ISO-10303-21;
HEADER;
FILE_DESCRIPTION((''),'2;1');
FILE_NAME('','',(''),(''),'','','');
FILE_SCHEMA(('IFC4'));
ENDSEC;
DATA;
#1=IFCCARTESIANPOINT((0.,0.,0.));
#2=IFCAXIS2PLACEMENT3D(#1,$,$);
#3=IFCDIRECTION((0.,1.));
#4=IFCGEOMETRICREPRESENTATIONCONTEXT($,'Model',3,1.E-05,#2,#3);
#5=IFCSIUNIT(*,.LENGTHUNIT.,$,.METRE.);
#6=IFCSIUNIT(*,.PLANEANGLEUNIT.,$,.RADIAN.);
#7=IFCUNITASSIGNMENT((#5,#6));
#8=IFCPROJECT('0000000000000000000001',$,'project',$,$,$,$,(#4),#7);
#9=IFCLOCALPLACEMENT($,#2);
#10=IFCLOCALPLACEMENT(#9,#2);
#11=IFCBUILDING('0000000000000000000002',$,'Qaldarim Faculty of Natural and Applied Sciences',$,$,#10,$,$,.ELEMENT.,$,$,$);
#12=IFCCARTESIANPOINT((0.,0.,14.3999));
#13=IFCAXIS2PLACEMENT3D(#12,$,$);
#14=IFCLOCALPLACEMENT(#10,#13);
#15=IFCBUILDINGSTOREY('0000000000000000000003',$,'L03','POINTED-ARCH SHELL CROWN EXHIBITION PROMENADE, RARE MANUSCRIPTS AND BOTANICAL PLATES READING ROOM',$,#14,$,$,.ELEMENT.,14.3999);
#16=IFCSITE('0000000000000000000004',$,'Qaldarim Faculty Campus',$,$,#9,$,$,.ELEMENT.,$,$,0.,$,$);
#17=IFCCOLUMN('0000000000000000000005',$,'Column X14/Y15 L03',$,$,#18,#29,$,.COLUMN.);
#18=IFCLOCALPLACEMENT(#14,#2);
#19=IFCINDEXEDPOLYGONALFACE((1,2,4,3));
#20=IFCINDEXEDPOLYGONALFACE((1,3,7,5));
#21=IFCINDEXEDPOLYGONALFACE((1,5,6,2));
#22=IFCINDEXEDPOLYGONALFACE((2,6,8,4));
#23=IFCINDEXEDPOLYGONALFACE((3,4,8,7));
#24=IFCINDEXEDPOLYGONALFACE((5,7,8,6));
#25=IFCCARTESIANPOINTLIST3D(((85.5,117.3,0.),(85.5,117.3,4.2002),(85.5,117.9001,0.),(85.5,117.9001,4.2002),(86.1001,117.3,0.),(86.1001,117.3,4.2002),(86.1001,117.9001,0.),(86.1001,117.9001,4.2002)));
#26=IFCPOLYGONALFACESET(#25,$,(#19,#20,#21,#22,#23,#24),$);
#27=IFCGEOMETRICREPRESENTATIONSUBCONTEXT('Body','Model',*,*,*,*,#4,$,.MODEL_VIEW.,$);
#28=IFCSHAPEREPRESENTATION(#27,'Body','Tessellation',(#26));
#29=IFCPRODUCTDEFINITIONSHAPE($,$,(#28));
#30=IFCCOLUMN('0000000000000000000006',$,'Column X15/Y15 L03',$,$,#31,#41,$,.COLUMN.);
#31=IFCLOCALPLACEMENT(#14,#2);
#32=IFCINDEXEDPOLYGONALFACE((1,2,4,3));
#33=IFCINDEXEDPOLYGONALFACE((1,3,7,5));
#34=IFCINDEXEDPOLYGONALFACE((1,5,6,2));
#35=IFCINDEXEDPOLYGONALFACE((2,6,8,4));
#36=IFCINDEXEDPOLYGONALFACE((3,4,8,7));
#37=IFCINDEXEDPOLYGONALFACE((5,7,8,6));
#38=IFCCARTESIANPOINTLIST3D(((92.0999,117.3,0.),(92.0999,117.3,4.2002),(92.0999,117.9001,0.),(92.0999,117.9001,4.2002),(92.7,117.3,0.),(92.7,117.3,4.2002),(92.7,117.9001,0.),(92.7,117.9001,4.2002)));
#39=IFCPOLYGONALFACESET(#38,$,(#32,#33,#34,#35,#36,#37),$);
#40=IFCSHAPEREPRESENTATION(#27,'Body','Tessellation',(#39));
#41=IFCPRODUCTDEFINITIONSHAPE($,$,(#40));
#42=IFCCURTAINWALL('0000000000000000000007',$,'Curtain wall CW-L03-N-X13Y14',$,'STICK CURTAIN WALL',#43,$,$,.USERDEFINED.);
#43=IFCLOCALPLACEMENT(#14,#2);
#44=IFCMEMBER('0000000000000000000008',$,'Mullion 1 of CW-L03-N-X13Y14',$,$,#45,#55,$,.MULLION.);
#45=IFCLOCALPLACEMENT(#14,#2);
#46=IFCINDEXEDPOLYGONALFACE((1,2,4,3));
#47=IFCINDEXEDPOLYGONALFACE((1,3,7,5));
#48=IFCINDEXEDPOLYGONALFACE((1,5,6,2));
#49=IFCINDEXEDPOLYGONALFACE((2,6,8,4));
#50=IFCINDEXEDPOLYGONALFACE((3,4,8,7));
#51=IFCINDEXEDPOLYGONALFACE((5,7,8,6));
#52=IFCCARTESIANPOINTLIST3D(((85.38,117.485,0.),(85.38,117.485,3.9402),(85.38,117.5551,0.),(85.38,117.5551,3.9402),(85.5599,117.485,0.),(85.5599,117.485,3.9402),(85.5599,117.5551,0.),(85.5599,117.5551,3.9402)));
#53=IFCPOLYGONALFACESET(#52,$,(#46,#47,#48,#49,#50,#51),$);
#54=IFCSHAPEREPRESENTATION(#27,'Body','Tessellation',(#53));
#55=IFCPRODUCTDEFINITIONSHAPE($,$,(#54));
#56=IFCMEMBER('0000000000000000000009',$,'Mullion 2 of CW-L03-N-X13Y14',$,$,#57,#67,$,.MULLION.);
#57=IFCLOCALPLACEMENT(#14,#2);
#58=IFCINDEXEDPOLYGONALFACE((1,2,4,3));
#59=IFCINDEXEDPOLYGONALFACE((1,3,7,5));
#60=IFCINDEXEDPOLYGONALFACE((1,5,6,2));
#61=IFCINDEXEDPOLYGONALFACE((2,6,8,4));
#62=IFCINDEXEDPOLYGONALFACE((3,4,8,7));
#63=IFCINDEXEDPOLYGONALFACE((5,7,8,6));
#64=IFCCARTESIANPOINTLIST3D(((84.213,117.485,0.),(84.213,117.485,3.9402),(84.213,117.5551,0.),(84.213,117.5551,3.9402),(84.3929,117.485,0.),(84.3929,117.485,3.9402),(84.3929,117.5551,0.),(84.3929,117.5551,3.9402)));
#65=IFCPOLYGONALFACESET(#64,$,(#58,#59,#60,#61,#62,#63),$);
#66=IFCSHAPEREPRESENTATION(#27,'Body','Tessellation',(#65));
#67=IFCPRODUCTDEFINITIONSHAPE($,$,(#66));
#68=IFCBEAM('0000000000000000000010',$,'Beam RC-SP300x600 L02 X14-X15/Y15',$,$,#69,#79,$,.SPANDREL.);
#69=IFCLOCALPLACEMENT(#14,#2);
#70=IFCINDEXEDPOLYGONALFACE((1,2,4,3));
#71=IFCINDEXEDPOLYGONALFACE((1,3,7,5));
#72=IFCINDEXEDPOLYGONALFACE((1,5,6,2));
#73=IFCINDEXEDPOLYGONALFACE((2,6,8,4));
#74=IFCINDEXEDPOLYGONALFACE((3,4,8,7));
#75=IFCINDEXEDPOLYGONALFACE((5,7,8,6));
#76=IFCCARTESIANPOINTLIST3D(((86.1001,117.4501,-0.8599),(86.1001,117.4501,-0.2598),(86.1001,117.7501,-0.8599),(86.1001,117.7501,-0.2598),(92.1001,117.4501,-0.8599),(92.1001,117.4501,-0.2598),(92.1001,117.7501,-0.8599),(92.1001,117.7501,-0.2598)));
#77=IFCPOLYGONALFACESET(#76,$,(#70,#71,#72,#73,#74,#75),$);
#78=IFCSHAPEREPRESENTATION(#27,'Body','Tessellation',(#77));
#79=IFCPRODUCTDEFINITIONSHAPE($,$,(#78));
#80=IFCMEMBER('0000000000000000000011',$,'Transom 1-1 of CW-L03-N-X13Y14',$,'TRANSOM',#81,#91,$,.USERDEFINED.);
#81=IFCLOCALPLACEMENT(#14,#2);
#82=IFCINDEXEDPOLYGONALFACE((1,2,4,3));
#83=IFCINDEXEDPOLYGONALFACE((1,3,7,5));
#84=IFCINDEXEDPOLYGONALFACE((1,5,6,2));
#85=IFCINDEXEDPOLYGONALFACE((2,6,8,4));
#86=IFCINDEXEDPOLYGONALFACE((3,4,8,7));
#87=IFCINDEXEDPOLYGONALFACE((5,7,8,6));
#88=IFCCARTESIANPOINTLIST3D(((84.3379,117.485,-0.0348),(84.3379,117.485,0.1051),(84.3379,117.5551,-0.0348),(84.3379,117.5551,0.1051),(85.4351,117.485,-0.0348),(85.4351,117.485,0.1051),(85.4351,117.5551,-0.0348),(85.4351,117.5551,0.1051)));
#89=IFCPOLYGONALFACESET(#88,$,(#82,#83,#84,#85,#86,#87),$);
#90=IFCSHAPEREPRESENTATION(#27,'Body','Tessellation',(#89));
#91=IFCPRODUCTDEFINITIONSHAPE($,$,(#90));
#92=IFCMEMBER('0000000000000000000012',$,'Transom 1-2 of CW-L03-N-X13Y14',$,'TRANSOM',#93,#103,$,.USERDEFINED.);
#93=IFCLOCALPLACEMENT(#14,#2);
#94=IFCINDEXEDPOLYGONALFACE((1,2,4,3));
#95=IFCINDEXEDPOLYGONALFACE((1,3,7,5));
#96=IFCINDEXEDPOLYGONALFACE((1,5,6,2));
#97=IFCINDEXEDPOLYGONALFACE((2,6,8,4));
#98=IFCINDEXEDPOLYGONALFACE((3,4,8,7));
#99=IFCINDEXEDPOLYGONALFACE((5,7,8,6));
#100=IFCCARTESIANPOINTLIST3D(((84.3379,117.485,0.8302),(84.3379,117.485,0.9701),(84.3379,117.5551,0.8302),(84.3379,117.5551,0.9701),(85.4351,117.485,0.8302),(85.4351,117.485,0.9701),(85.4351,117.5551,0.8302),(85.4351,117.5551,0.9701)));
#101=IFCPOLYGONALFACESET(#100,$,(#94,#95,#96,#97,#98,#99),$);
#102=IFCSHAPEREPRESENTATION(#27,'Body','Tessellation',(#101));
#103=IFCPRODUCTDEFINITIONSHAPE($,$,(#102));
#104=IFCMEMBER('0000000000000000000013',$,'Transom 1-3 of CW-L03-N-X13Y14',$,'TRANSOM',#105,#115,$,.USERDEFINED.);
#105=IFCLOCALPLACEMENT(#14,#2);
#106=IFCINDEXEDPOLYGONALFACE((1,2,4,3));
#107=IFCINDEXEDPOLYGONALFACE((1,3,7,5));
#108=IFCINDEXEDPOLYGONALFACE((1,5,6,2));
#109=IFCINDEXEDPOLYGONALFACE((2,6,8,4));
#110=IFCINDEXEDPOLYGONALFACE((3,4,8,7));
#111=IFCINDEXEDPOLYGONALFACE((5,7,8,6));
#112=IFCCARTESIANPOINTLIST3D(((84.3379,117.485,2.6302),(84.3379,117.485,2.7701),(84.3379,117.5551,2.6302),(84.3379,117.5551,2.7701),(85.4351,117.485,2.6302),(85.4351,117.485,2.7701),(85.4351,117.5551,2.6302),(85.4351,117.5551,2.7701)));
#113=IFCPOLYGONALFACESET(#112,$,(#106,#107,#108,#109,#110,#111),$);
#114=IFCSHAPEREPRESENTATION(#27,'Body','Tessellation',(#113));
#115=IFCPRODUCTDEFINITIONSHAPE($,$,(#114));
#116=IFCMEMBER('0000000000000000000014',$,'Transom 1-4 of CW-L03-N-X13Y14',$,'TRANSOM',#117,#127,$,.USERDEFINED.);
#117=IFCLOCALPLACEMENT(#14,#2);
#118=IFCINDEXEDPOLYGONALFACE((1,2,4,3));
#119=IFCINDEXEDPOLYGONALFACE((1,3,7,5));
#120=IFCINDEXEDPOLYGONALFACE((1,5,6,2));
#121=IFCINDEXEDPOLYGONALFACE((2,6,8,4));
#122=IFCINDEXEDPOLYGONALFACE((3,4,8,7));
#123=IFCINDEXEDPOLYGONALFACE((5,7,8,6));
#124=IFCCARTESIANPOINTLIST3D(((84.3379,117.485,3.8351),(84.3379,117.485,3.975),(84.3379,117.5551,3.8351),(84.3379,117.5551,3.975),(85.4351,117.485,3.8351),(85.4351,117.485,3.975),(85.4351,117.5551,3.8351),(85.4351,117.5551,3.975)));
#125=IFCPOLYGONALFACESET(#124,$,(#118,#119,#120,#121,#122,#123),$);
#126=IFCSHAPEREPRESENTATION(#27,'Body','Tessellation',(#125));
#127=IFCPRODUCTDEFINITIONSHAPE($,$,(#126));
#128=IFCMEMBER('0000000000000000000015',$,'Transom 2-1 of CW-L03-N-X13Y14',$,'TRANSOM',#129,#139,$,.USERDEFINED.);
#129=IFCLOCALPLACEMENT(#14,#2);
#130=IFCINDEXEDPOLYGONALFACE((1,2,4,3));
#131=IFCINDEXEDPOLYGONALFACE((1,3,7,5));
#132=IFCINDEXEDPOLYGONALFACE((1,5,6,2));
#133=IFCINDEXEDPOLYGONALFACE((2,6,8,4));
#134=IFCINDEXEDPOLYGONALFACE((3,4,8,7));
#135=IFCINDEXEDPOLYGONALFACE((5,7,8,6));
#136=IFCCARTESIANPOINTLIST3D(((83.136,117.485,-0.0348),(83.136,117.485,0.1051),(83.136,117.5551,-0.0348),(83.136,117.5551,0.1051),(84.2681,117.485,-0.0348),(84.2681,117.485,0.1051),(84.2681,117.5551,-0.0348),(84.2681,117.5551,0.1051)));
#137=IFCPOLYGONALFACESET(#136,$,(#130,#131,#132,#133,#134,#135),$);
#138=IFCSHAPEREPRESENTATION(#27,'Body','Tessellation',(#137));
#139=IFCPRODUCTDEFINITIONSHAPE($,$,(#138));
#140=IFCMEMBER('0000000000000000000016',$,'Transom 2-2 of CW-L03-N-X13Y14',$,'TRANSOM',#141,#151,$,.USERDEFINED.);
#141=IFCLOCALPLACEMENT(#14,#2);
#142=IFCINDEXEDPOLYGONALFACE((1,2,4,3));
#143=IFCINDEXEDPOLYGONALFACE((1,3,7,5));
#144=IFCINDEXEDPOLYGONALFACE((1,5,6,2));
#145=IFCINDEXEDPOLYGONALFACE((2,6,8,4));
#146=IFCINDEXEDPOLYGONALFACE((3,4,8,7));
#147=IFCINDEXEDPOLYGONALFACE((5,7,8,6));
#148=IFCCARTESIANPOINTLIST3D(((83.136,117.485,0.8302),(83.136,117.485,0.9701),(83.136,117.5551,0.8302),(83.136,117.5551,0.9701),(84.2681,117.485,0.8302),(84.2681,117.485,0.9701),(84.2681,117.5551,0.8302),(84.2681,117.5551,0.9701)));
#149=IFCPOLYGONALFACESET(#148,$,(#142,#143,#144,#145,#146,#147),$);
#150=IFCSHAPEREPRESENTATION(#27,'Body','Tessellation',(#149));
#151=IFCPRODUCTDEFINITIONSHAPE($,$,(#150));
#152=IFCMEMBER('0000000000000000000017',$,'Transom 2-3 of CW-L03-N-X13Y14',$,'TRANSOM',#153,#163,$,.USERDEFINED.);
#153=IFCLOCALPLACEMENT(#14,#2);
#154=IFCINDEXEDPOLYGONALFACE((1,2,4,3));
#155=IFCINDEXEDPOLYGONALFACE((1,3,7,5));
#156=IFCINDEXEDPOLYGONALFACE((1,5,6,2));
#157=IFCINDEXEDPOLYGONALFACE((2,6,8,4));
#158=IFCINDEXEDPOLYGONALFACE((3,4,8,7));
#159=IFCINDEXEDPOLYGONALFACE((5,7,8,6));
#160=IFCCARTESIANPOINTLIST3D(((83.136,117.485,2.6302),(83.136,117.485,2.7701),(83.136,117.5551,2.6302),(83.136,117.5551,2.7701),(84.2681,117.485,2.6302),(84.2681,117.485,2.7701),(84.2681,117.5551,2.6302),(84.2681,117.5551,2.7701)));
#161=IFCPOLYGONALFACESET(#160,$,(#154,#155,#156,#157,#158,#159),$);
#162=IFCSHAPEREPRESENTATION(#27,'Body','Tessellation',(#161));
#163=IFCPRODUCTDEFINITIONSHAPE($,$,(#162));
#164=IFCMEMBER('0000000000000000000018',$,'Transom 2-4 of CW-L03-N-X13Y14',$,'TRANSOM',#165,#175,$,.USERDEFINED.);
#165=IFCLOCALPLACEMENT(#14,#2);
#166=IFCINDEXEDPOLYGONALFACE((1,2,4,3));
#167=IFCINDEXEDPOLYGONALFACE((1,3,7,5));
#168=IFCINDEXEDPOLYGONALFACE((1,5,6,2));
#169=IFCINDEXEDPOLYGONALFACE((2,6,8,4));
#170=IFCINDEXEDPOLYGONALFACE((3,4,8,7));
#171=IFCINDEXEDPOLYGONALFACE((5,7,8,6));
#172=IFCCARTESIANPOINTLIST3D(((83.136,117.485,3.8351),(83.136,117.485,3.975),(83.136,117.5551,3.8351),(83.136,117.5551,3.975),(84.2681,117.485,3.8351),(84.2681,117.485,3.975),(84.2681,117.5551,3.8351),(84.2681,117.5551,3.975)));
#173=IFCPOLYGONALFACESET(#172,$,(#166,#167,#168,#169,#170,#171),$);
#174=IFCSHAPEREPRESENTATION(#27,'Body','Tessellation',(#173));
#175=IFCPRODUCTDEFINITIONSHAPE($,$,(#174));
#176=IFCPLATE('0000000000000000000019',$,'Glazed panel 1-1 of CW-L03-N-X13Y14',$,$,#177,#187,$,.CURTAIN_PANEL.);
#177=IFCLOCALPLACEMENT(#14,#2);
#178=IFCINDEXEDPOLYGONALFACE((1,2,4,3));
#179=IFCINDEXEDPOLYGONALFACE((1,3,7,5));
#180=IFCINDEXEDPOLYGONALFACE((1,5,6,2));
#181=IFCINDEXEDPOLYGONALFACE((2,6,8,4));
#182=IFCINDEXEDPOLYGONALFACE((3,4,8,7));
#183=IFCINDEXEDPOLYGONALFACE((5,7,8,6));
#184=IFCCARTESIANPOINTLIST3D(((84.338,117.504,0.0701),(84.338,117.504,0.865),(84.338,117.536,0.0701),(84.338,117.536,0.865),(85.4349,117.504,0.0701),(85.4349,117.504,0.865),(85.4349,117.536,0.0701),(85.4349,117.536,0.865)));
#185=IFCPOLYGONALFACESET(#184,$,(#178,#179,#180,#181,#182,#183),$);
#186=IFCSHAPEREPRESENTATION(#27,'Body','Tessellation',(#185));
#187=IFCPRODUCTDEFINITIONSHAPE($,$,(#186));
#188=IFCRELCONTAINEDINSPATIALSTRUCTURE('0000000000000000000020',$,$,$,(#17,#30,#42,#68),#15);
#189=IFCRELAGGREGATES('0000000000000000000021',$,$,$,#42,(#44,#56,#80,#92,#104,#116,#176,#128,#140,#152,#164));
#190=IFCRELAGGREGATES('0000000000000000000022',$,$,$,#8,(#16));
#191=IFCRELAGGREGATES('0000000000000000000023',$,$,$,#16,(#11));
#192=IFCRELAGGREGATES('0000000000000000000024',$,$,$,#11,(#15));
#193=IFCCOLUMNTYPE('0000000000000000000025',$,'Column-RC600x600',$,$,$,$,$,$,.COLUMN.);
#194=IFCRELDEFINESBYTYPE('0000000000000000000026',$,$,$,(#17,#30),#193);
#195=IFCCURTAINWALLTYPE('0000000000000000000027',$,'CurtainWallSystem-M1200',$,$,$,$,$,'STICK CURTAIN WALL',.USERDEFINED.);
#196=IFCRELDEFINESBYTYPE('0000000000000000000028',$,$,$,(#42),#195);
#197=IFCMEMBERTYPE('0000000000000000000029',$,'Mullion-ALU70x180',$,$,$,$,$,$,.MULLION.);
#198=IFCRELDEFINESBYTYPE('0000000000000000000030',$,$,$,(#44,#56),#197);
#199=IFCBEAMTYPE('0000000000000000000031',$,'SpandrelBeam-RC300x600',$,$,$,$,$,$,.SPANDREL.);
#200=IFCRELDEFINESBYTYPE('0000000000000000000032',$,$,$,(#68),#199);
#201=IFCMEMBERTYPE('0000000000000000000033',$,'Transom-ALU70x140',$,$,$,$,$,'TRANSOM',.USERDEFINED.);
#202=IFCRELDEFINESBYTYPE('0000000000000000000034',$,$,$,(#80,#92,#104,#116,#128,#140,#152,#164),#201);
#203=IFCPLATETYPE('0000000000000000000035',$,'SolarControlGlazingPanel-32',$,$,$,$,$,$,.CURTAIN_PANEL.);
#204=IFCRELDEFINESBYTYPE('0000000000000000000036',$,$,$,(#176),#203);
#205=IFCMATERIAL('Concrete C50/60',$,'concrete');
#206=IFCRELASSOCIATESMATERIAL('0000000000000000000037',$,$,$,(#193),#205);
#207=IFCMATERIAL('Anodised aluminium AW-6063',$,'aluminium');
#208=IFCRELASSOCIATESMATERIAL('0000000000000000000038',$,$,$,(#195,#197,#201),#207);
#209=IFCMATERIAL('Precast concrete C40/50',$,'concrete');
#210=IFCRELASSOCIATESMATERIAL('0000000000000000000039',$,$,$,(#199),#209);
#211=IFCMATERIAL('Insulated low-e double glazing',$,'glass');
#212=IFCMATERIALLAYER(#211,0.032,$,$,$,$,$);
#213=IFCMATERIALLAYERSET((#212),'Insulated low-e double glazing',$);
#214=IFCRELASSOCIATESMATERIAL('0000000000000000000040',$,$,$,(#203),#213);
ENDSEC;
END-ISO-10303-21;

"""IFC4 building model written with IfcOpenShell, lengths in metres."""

from ifc_helpers import new_model, si_unit, direction, frame, origin, origin_2d, place, context, subcontext, project, spatial, rectangle, extrude, material, layer, layer_set, material_profile, profile_set, type_object, element, aggregate, save


model = new_model("IFC4")

# Units and contexts
model_context = context("Model", 3, precision=1e-05, world=origin(), true_north=direction((0.0, 1.0)))
body_context = subcontext(model_context, "Body", "Model", "MODEL_VIEW")
ifc_project = project(units=[si_unit("LENGTHUNIT", "METRE"), si_unit("PLANEANGLEUNIT", "RADIAN")], contexts=[model_context])

# Site, building, storey
site_placement = place(None, origin())
site = spatial("IfcSite", under=ifc_project, at=site_placement, Name="Qaldarim Faculty Campus", CompositionType="ELEMENT", RefElevation=0.0)
building_placement = place(site_placement, origin())
building = spatial("IfcBuilding", under=site, at=building_placement, Name="Qaldarim Faculty of Natural and Applied Sciences", CompositionType="ELEMENT")
storey_placement = place(building_placement, frame((0.0, 0.0, 14.3999)))
storey = spatial("IfcBuildingStorey", under=building, at=storey_placement, Name="L03", Description="POINTED-ARCH SHELL CROWN EXHIBITION PROMENADE, RARE MANUSCRIPTS AND BOTANICAL PLATES READING ROOM", CompositionType="ELEMENT", Elevation=14.3999)

# Columns
ifc_material_1 = material(Name="Concrete C50/60", Category="concrete")
ifc_material_profile_1 = material_profile(ifc_material_1, rectangle(XDim=0.6001, YDim=0.6001, at=origin_2d()), Name="RC-C600x600")
ifc_profile_set_1 = profile_set([ifc_material_profile_1], Name="Concrete C50/60")
column_type = type_object("IfcColumnType", Name="Column-RC600x600", PredefinedType="COLUMN", material=ifc_profile_set_1)
for number, where, z_axis, x_axis, name in (
    (1, (85.8, 117.6001, 0.0), (0.0, 0.0, 1.0), (1.0, 0.0, 0.0), "Column X14/Y15 L03"),
    (2, (92.3999, 117.6001, 0.0), (0.0, 0.0, 1.0), (1.0, 0.0, 0.0), "Column X15/Y15 L03"),
):
    element("IfcColumn", number, at=place(storey_placement, frame(where, z_axis=z_axis, x_axis=x_axis)), inside=storey, type_object=column_type, Name=name, PredefinedType="COLUMN", context=body_context, shape_type="SweptSolid", body=[
        extrude(rectangle(XDim=0.6001, YDim=0.6001, at=origin_2d()), origin(), (0.0, 0.0, 1.0), 4.2002),
    ])

# Curtain wall, members
ifc_material_2 = material(Name="Anodised aluminium AW-6063", Category="aluminium")
curtain_wall_type = type_object("IfcCurtainWallType", Name="CurtainWallSystem-M1200", ElementType="STICK CURTAIN WALL", PredefinedType="USERDEFINED", material=ifc_material_2)
curtain_wall_placement = place(storey_placement, origin())
curtain_wall = element("IfcCurtainWall", 3, at=curtain_wall_placement, inside=storey, type_object=curtain_wall_type, Name="Curtain wall CW-L03-N-X13Y14", ObjectType="STICK CURTAIN WALL", PredefinedType="USERDEFINED")
ifc_material_profile_2 = material_profile(ifc_material_2, rectangle(XDim=0.0701, YDim=0.1799, at=origin_2d()), Name="ALU-M70x180")
ifc_profile_set_2 = profile_set([ifc_material_profile_2], Name="Anodised aluminium AW-6063")
member_type_1 = type_object("IfcMemberType", Name="Mullion-ALU70x180", PredefinedType="MULLION", material=ifc_profile_set_2)
member_1_placement = place(storey_placement, frame((85.47, 117.52, 0.0), z_axis=(0.0, 0.0, 1.0), x_axis=(0.0, -1.0, 0.0)))
member_1 = element("IfcMember", 4, at=member_1_placement, type_object=member_type_1, Name="Mullion 1 of CW-L03-N-X13Y14", PredefinedType="MULLION", context=body_context, shape_type="SweptSolid", body=[
    extrude(rectangle(XDim=0.0701, YDim=0.1799, at=origin_2d()), origin(), (0.0, 0.0, 1.0), 3.9402),
])
member_2_placement = place(storey_placement, frame((84.303, 117.52, 0.0), z_axis=(0.0, 0.0, 1.0), x_axis=(0.0, -1.0, 0.0)))
member_2 = element("IfcMember", 5, at=member_2_placement, type_object=member_type_1, Name="Mullion 2 of CW-L03-N-X13Y14", PredefinedType="MULLION", context=body_context, shape_type="SweptSolid", body=[
    extrude(rectangle(XDim=0.0701, YDim=0.1799, at=origin_2d()), origin(), (0.0, 0.0, 1.0), 3.9402),
])

# Beam
ifc_material_3 = material(Name="Precast concrete C40/50", Category="concrete")
ifc_material_profile_3 = material_profile(ifc_material_3, rectangle(XDim=0.3, YDim=0.6001, at=origin_2d()), Name="RC-SP300x600")
ifc_profile_set_3 = profile_set([ifc_material_profile_3], Name="Precast concrete C40/50")
beam_type = type_object("IfcBeamType", Name="SpandrelBeam-RC300x600", PredefinedType="SPANDREL", material=ifc_profile_set_3)
beam_placement = place(storey_placement, frame((86.1001, 117.6001, -0.5598), z_axis=(1.0, 0.0, 0.0), x_axis=(0.0, 1.0, 0.0)))
element("IfcBeam", 6, at=beam_placement, inside=storey, type_object=beam_type, Name="Beam RC-SP300x600 L02 X14-X15/Y15", PredefinedType="SPANDREL", context=body_context, shape_type="SweptSolid", body=[
    extrude(rectangle(XDim=0.3, YDim=0.6001, at=origin_2d()), origin(), (0.0, 0.0, 1.0), 6.0),
])

# Members
ifc_material_profile_4 = material_profile(ifc_material_2, rectangle(XDim=0.0701, YDim=0.1399, at=origin_2d()), Name="ALU-T70x140")
ifc_profile_set_4 = profile_set([ifc_material_profile_4], Name="Anodised aluminium AW-6063")
member_type_2 = type_object("IfcMemberType", Name="Transom-ALU70x140", ElementType="TRANSOM", PredefinedType="USERDEFINED", material=ifc_profile_set_4)
member_3_placement = place(storey_placement, frame((85.4351, 117.52, 0.0352), z_axis=(-1.0, 0.0, 0.0), x_axis=(0.0, -1.0, 0.0)))
member_3 = element("IfcMember", 7, at=member_3_placement, type_object=member_type_2, Name="Transom 1-1 of CW-L03-N-X13Y14", ObjectType="TRANSOM", PredefinedType="USERDEFINED", context=body_context, shape_type="SweptSolid", body=[
    extrude(rectangle(XDim=0.0701, YDim=0.1399, at=origin_2d()), origin(), (0.0, 0.0, 1.0), 1.0972),
])
member_4_placement = place(storey_placement, frame((85.4351, 117.52, 0.9001), z_axis=(-1.0, 0.0, 0.0), x_axis=(0.0, -1.0, 0.0)))
member_4 = element("IfcMember", 8, at=member_4_placement, type_object=member_type_2, Name="Transom 1-2 of CW-L03-N-X13Y14", ObjectType="TRANSOM", PredefinedType="USERDEFINED", context=body_context, shape_type="SweptSolid", body=[
    extrude(rectangle(XDim=0.0701, YDim=0.1399, at=origin_2d()), origin(), (0.0, 0.0, 1.0), 1.0972),
])
member_5_placement = place(storey_placement, frame((85.4351, 117.52, 2.7002), z_axis=(-1.0, 0.0, 0.0), x_axis=(0.0, -1.0, 0.0)))
member_5 = element("IfcMember", 9, at=member_5_placement, type_object=member_type_2, Name="Transom 1-3 of CW-L03-N-X13Y14", ObjectType="TRANSOM", PredefinedType="USERDEFINED", context=body_context, shape_type="SweptSolid", body=[
    extrude(rectangle(XDim=0.0701, YDim=0.1399, at=origin_2d()), origin(), (0.0, 0.0, 1.0), 1.0972),
])
member_6_placement = place(storey_placement, frame((85.4351, 117.52, 3.905), z_axis=(-1.0, 0.0, 0.0), x_axis=(0.0, -1.0, 0.0)))
member_6 = element("IfcMember", 10, at=member_6_placement, type_object=member_type_2, Name="Transom 1-4 of CW-L03-N-X13Y14", ObjectType="TRANSOM", PredefinedType="USERDEFINED", context=body_context, shape_type="SweptSolid", body=[
    extrude(rectangle(XDim=0.0701, YDim=0.1399, at=origin_2d()), origin(), (0.0, 0.0, 1.0), 1.0972),
])
member_7_placement = place(storey_placement, frame((84.2681, 117.52, 0.0352), z_axis=(-1.0, 0.0, 0.0), x_axis=(0.0, -1.0, 0.0)))
member_7 = element("IfcMember", 11, at=member_7_placement, type_object=member_type_2, Name="Transom 2-1 of CW-L03-N-X13Y14", ObjectType="TRANSOM", PredefinedType="USERDEFINED", context=body_context, shape_type="SweptSolid", body=[
    extrude(rectangle(XDim=0.0701, YDim=0.1399, at=origin_2d()), origin(), (0.0, 0.0, 1.0), 1.1321),
])
member_8_placement = place(storey_placement, frame((84.2681, 117.52, 0.9001), z_axis=(-1.0, 0.0, 0.0), x_axis=(0.0, -1.0, 0.0)))
member_8 = element("IfcMember", 12, at=member_8_placement, type_object=member_type_2, Name="Transom 2-2 of CW-L03-N-X13Y14", ObjectType="TRANSOM", PredefinedType="USERDEFINED", context=body_context, shape_type="SweptSolid", body=[
    extrude(rectangle(XDim=0.0701, YDim=0.1399, at=origin_2d()), origin(), (0.0, 0.0, 1.0), 1.1321),
])
member_9_placement = place(storey_placement, frame((84.2681, 117.52, 2.7002), z_axis=(-1.0, 0.0, 0.0), x_axis=(0.0, -1.0, 0.0)))
member_9 = element("IfcMember", 13, at=member_9_placement, type_object=member_type_2, Name="Transom 2-3 of CW-L03-N-X13Y14", ObjectType="TRANSOM", PredefinedType="USERDEFINED", context=body_context, shape_type="SweptSolid", body=[
    extrude(rectangle(XDim=0.0701, YDim=0.1399, at=origin_2d()), origin(), (0.0, 0.0, 1.0), 1.1321),
])
member_10_placement = place(storey_placement, frame((84.2681, 117.52, 3.905), z_axis=(-1.0, 0.0, 0.0), x_axis=(0.0, -1.0, 0.0)))
member_10 = element("IfcMember", 14, at=member_10_placement, type_object=member_type_2, Name="Transom 2-4 of CW-L03-N-X13Y14", ObjectType="TRANSOM", PredefinedType="USERDEFINED", context=body_context, shape_type="SweptSolid", body=[
    extrude(rectangle(XDim=0.0701, YDim=0.1399, at=origin_2d()), origin(), (0.0, 0.0, 1.0), 1.1321),
])

# Plate
ifc_material_4 = material(Name="Insulated low-e double glazing", Category="glass")
ifc_layer_1 = layer(ifc_material_4, 0.032)
ifc_layer_set_1 = layer_set([ifc_layer_1], Name="Insulated low-e double glazing")
plate_type = type_object("IfcPlateType", Name="SolarControlGlazingPanel-32", PredefinedType="CURTAIN_PANEL", material=ifc_layer_set_1)
plate_1_placement = place(storey_placement, frame((84.8865, 117.52, 0.0701), z_axis=(0.0, 0.0, 1.0), x_axis=(-1.0, 0.0, 0.0)))
plate_1 = element("IfcPlate", 15, at=plate_1_placement, type_object=plate_type, Name="Glazed panel 1-1 of CW-L03-N-X13Y14", PredefinedType="CURTAIN_PANEL", context=body_context, shape_type="SweptSolid", body=[
    extrude(rectangle(XDim=1.0969, YDim=0.032, at=origin_2d()), origin(), (0.0, 0.0, 1.0), 0.7949),
])
aggregate(curtain_wall, [member_1, member_2, member_3, member_4, member_5, member_6, plate_1, member_7, member_8, member_9, member_10])

save(model, "model.ifc")
